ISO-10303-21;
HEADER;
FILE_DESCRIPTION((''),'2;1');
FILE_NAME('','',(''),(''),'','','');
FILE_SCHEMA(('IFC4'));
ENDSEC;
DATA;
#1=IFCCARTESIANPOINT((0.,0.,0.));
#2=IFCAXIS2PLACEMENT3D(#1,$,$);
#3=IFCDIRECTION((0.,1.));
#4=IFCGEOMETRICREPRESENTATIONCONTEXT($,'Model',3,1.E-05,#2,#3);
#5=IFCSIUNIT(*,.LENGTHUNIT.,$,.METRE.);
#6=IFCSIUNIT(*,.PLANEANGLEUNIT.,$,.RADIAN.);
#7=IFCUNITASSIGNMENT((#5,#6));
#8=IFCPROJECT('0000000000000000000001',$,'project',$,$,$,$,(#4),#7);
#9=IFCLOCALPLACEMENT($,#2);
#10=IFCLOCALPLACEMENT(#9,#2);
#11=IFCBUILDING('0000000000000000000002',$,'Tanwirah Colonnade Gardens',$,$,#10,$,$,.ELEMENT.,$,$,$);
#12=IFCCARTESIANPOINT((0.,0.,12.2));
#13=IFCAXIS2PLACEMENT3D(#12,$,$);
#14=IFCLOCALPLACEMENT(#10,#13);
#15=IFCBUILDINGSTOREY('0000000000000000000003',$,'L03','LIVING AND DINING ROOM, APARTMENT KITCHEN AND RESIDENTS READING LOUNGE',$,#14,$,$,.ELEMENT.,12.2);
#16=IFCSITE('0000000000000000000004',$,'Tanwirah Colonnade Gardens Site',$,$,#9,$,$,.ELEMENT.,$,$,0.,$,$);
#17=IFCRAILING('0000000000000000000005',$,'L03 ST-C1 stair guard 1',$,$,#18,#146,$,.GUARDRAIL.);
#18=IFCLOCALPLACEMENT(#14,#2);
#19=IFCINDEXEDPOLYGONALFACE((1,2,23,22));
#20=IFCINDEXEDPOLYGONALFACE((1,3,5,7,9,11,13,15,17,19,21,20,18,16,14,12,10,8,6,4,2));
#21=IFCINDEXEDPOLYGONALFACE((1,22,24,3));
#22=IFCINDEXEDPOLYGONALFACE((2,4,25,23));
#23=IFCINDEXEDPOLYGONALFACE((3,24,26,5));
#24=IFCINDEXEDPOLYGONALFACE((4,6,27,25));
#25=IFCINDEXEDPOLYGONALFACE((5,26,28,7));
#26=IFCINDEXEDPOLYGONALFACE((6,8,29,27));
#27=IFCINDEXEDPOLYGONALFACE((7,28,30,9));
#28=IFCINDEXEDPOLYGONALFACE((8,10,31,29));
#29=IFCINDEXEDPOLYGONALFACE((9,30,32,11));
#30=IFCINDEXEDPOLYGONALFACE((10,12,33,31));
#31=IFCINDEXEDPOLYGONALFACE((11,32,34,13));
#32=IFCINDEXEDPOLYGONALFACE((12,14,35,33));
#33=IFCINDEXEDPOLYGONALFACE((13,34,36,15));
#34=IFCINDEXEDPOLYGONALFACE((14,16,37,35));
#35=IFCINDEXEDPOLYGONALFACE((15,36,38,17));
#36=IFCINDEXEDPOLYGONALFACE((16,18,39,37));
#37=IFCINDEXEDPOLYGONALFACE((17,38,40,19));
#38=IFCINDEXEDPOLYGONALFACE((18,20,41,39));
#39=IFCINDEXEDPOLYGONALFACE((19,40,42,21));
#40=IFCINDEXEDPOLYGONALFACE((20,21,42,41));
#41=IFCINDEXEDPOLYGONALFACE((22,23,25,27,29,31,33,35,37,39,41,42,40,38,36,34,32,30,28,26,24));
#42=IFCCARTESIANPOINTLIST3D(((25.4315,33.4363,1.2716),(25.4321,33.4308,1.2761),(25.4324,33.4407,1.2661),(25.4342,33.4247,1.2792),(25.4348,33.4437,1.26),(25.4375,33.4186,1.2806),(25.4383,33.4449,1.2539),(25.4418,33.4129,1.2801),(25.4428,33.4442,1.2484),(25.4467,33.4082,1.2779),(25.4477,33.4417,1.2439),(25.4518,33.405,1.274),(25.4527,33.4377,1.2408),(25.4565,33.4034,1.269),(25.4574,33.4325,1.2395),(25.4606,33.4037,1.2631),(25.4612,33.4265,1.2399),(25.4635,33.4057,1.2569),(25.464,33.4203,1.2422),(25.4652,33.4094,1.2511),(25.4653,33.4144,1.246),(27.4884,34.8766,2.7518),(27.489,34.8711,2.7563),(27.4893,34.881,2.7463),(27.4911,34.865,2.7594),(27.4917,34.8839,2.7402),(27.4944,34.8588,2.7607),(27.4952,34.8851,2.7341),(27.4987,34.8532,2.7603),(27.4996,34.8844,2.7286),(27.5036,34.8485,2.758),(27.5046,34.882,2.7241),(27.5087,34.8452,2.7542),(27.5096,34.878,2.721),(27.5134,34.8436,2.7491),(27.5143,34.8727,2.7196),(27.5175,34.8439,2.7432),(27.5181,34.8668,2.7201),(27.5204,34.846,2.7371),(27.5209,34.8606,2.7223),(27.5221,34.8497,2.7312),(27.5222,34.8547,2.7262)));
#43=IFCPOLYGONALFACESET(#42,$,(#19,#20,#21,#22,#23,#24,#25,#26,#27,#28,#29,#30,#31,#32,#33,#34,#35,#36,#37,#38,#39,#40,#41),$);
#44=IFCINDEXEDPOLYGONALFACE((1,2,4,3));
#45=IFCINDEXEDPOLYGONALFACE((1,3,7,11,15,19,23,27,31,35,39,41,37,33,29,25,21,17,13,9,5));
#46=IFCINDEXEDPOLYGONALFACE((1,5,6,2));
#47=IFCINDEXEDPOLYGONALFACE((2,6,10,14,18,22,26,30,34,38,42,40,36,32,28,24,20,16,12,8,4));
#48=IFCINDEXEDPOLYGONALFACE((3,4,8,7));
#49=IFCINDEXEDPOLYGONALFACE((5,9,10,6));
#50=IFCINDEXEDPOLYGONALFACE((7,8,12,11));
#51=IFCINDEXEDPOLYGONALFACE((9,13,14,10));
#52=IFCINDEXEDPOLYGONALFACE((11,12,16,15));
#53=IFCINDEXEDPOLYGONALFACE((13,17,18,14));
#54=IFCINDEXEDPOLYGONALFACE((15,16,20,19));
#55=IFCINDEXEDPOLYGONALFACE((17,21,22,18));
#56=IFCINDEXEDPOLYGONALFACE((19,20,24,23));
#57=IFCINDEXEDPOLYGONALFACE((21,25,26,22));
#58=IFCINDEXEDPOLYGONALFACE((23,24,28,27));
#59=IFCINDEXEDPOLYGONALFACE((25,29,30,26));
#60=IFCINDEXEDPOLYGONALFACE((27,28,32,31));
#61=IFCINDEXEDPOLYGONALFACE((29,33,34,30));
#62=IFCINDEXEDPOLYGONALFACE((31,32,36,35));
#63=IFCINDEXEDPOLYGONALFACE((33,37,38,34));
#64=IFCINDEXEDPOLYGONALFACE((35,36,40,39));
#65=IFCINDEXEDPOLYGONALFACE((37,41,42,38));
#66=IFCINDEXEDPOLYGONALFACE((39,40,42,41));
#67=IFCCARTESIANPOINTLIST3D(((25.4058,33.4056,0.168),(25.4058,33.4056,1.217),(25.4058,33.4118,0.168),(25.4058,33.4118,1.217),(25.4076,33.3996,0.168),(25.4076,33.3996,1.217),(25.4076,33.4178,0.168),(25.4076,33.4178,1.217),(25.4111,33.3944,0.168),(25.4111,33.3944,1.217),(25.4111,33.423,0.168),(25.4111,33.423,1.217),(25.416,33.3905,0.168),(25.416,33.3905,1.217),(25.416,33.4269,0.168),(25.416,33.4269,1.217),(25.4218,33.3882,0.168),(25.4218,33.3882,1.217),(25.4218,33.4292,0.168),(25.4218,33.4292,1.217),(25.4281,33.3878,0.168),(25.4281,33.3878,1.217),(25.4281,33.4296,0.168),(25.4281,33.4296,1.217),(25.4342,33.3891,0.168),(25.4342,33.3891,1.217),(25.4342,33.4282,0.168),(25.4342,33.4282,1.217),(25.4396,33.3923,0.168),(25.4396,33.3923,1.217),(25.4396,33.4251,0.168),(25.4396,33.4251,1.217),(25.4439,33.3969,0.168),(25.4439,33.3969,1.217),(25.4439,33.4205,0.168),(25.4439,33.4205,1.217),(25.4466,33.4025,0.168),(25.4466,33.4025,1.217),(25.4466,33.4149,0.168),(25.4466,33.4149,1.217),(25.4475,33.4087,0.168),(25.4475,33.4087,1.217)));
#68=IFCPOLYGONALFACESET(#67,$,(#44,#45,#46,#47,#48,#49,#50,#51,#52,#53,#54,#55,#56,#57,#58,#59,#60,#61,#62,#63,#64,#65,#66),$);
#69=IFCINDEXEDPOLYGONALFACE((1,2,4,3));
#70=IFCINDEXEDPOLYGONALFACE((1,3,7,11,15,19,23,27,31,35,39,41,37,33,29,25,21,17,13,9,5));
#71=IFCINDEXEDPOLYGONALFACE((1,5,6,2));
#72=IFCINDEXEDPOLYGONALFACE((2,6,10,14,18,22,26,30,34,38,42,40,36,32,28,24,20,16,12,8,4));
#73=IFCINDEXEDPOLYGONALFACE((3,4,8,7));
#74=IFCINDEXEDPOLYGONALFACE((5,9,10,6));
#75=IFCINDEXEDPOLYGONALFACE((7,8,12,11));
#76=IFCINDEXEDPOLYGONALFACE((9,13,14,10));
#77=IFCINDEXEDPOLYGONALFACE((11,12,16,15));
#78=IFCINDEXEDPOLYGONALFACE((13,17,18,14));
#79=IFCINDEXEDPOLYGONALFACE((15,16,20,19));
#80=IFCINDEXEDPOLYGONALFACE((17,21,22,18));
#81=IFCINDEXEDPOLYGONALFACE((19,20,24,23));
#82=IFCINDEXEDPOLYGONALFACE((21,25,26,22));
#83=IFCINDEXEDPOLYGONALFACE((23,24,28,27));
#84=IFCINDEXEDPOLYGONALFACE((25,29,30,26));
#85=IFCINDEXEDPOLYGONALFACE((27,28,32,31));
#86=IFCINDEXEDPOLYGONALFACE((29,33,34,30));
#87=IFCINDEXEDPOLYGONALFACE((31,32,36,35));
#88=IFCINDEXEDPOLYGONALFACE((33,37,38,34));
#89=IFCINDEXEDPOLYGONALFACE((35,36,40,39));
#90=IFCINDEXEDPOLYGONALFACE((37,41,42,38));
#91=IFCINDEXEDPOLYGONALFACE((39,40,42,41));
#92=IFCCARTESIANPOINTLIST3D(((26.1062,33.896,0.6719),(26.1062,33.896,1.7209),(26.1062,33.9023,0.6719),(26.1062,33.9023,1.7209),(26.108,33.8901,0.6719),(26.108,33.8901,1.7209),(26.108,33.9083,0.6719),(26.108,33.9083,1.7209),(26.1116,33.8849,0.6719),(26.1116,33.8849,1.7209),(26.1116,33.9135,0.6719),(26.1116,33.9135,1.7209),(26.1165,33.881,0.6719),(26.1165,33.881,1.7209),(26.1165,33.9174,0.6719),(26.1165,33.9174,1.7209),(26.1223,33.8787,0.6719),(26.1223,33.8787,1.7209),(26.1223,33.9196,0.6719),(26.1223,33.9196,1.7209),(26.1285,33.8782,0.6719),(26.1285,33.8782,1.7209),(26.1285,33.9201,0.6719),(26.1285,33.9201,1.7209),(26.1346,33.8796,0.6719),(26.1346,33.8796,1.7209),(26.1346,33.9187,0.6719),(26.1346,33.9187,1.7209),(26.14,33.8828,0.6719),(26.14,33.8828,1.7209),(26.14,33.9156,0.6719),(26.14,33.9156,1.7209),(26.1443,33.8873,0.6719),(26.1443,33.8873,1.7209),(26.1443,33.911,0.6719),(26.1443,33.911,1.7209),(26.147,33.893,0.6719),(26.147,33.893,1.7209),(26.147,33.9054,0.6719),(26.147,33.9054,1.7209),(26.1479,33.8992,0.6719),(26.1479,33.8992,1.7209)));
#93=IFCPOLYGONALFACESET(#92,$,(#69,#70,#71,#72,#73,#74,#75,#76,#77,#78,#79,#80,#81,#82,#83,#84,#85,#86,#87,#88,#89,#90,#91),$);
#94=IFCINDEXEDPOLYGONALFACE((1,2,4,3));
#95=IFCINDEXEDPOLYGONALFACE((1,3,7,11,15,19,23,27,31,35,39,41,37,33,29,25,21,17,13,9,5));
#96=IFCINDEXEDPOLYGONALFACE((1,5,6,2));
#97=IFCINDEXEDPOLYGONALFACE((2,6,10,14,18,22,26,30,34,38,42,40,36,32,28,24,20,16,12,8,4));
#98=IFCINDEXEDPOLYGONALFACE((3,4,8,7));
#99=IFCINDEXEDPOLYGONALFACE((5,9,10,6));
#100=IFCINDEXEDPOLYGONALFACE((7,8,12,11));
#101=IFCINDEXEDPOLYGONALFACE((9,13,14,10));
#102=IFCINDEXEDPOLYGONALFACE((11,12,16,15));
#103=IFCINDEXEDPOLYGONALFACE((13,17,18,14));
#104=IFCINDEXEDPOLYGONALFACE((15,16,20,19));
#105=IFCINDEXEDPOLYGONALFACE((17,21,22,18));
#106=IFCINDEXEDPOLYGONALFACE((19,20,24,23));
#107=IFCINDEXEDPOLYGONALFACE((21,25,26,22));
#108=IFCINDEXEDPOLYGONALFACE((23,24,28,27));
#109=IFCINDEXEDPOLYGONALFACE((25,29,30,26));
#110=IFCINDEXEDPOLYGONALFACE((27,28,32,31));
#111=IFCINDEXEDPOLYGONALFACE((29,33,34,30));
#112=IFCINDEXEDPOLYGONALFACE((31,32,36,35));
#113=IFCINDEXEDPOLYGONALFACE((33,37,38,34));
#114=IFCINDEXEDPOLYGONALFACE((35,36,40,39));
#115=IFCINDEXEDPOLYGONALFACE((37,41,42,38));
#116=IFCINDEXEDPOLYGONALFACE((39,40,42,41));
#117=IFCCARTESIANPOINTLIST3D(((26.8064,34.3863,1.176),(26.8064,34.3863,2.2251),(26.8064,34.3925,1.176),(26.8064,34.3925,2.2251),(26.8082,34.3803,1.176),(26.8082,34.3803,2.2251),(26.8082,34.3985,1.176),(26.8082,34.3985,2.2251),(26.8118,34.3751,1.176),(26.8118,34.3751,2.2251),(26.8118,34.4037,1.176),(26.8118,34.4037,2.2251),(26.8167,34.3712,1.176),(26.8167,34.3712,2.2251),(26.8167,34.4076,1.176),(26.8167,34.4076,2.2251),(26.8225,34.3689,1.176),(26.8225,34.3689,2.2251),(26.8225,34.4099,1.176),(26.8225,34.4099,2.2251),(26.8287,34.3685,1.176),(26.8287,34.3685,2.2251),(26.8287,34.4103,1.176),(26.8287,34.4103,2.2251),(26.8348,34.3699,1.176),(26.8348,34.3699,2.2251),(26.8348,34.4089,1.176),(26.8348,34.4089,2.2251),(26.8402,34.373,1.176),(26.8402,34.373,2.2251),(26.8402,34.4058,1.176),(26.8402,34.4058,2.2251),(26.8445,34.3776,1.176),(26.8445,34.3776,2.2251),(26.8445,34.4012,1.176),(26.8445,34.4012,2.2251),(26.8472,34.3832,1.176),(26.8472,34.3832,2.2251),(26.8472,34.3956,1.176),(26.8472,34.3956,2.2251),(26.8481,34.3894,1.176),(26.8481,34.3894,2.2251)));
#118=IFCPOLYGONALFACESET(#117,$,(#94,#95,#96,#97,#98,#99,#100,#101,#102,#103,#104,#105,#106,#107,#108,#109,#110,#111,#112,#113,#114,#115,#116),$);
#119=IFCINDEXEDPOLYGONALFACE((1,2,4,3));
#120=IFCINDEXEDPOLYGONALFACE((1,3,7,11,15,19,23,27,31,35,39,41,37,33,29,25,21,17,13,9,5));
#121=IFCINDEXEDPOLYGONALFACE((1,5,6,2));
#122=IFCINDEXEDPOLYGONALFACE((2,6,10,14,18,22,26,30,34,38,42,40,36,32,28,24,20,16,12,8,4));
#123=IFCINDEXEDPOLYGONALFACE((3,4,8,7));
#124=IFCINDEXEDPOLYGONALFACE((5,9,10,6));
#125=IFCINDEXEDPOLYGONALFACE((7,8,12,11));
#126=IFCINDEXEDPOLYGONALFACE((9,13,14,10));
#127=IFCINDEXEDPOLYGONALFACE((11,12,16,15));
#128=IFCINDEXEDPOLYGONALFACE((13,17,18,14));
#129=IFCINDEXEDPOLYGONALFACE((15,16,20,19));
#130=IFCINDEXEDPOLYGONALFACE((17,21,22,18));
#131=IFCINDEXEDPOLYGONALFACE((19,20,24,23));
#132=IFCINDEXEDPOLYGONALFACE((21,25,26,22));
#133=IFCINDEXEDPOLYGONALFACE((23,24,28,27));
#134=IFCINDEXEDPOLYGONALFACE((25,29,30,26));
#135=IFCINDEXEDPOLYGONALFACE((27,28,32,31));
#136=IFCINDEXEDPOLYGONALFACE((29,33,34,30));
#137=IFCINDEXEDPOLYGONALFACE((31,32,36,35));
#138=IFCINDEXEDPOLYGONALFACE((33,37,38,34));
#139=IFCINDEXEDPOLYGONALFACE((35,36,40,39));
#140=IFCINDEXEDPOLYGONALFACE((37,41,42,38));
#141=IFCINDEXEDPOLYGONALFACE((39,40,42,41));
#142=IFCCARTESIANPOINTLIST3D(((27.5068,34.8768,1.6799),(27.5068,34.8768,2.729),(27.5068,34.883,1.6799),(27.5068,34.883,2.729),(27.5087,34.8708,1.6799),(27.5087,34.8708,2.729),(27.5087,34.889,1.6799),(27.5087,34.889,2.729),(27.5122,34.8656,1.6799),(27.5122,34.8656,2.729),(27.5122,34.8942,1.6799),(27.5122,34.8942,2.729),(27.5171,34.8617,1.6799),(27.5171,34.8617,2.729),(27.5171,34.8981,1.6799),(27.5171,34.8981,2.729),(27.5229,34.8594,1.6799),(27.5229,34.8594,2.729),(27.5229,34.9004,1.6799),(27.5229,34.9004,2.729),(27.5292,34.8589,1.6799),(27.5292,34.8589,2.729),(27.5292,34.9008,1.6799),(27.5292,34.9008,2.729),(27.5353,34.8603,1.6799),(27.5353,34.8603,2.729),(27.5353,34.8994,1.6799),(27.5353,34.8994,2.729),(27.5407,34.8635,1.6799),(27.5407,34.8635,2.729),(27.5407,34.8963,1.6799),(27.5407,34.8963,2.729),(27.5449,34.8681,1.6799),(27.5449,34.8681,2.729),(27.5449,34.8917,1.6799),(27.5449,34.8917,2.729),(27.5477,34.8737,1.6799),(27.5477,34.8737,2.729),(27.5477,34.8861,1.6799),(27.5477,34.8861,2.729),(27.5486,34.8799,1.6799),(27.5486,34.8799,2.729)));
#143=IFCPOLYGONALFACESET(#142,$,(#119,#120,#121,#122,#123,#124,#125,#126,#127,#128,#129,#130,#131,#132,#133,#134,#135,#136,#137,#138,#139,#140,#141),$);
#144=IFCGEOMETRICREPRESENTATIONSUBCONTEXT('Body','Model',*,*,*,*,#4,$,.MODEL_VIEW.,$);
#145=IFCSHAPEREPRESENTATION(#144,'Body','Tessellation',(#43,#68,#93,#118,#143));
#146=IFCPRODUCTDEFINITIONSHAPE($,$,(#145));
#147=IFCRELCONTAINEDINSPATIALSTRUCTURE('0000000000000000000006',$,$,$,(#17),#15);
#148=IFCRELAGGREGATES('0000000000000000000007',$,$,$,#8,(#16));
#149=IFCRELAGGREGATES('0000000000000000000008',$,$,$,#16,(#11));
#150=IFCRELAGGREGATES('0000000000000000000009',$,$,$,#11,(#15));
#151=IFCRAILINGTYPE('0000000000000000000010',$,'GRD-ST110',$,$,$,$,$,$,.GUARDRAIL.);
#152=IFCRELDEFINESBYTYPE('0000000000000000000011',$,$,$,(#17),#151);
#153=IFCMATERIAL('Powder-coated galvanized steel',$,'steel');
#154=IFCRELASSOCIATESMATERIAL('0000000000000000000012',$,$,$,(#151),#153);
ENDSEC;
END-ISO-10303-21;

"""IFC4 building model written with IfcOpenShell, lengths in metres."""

from ifc_helpers import new_model, si_unit, direction, frame, origin, origin_2d, place, context, subcontext, project, spatial, circle, extrude, material, type_object, element, save


model = new_model("IFC4")

# Units and contexts
model_context = context("Model", 3, precision=1e-05, world=origin(), true_north=direction((0.0, 1.0)))
body_context = subcontext(model_context, "Body", "Model", "MODEL_VIEW")
ifc_project = project(units=[si_unit("LENGTHUNIT", "METRE"), si_unit("PLANEANGLEUNIT", "RADIAN")], contexts=[model_context])

# Site, building, storey
site_placement = place(None, origin())
site = spatial("IfcSite", under=ifc_project, at=site_placement, Name="Tanwirah Colonnade Gardens Site", CompositionType="ELEMENT", RefElevation=0.0)
building_placement = place(site_placement, origin())
building = spatial("IfcBuilding", under=site, at=building_placement, Name="Tanwirah Colonnade Gardens", CompositionType="ELEMENT")
storey_placement = place(building_placement, frame((0.0, 0.0, 12.2)))
storey = spatial("IfcBuildingStorey", under=building, at=storey_placement, Name="L03", Description="LIVING AND DINING ROOM, APARTMENT KITCHEN AND RESIDENTS READING LOUNGE", CompositionType="ELEMENT", Elevation=12.2)

# Railing
ifc_material_1 = material(Name="Powder-coated galvanized steel", Category="steel")
railing_type_1 = type_object("IfcRailingType", Name="GRD-ST110", PredefinedType="GUARDRAIL", material=ifc_material_1)
railing_1_placement = place(storey_placement, frame((25.4265, 33.4087, 0.168)))
element("IfcRailing", 1, at=railing_1_placement, inside=storey, type_object=railing_type_1, Name="L03 ST-C1 stair guard 1", PredefinedType="GUARDRAIL", context=body_context, shape_type="SweptSolid", body=[
    extrude(circle(Radius=0.0239, at=origin_2d()), frame((0.022, 0.0154, 1.092), z_axis=(0.705673, 0.494118, 0.507812), x_axis=(-0.573577, 0.819151, 0.0)), (0.0, 0.0, 1.0), 2.9148),
    extrude(circle(Radius=0.021, at=origin_2d()), origin(), (0.0, 0.0, 1.0), 1.0491),
    extrude(circle(Radius=0.021, at=origin_2d()), frame((0.7004, 0.4905, 0.5039)), (0.0, 0.0, 1.0), 1.0491),
    extrude(circle(Radius=0.021, at=origin_2d()), frame((1.4006, 0.9807, 1.0081)), (0.0, 0.0, 1.0), 1.0491),
    extrude(circle(Radius=0.021, at=origin_2d()), frame((2.1011, 1.4712, 1.512)), (0.0, 0.0, 1.0), 1.0491),
])

save(model, "model.ifc")
